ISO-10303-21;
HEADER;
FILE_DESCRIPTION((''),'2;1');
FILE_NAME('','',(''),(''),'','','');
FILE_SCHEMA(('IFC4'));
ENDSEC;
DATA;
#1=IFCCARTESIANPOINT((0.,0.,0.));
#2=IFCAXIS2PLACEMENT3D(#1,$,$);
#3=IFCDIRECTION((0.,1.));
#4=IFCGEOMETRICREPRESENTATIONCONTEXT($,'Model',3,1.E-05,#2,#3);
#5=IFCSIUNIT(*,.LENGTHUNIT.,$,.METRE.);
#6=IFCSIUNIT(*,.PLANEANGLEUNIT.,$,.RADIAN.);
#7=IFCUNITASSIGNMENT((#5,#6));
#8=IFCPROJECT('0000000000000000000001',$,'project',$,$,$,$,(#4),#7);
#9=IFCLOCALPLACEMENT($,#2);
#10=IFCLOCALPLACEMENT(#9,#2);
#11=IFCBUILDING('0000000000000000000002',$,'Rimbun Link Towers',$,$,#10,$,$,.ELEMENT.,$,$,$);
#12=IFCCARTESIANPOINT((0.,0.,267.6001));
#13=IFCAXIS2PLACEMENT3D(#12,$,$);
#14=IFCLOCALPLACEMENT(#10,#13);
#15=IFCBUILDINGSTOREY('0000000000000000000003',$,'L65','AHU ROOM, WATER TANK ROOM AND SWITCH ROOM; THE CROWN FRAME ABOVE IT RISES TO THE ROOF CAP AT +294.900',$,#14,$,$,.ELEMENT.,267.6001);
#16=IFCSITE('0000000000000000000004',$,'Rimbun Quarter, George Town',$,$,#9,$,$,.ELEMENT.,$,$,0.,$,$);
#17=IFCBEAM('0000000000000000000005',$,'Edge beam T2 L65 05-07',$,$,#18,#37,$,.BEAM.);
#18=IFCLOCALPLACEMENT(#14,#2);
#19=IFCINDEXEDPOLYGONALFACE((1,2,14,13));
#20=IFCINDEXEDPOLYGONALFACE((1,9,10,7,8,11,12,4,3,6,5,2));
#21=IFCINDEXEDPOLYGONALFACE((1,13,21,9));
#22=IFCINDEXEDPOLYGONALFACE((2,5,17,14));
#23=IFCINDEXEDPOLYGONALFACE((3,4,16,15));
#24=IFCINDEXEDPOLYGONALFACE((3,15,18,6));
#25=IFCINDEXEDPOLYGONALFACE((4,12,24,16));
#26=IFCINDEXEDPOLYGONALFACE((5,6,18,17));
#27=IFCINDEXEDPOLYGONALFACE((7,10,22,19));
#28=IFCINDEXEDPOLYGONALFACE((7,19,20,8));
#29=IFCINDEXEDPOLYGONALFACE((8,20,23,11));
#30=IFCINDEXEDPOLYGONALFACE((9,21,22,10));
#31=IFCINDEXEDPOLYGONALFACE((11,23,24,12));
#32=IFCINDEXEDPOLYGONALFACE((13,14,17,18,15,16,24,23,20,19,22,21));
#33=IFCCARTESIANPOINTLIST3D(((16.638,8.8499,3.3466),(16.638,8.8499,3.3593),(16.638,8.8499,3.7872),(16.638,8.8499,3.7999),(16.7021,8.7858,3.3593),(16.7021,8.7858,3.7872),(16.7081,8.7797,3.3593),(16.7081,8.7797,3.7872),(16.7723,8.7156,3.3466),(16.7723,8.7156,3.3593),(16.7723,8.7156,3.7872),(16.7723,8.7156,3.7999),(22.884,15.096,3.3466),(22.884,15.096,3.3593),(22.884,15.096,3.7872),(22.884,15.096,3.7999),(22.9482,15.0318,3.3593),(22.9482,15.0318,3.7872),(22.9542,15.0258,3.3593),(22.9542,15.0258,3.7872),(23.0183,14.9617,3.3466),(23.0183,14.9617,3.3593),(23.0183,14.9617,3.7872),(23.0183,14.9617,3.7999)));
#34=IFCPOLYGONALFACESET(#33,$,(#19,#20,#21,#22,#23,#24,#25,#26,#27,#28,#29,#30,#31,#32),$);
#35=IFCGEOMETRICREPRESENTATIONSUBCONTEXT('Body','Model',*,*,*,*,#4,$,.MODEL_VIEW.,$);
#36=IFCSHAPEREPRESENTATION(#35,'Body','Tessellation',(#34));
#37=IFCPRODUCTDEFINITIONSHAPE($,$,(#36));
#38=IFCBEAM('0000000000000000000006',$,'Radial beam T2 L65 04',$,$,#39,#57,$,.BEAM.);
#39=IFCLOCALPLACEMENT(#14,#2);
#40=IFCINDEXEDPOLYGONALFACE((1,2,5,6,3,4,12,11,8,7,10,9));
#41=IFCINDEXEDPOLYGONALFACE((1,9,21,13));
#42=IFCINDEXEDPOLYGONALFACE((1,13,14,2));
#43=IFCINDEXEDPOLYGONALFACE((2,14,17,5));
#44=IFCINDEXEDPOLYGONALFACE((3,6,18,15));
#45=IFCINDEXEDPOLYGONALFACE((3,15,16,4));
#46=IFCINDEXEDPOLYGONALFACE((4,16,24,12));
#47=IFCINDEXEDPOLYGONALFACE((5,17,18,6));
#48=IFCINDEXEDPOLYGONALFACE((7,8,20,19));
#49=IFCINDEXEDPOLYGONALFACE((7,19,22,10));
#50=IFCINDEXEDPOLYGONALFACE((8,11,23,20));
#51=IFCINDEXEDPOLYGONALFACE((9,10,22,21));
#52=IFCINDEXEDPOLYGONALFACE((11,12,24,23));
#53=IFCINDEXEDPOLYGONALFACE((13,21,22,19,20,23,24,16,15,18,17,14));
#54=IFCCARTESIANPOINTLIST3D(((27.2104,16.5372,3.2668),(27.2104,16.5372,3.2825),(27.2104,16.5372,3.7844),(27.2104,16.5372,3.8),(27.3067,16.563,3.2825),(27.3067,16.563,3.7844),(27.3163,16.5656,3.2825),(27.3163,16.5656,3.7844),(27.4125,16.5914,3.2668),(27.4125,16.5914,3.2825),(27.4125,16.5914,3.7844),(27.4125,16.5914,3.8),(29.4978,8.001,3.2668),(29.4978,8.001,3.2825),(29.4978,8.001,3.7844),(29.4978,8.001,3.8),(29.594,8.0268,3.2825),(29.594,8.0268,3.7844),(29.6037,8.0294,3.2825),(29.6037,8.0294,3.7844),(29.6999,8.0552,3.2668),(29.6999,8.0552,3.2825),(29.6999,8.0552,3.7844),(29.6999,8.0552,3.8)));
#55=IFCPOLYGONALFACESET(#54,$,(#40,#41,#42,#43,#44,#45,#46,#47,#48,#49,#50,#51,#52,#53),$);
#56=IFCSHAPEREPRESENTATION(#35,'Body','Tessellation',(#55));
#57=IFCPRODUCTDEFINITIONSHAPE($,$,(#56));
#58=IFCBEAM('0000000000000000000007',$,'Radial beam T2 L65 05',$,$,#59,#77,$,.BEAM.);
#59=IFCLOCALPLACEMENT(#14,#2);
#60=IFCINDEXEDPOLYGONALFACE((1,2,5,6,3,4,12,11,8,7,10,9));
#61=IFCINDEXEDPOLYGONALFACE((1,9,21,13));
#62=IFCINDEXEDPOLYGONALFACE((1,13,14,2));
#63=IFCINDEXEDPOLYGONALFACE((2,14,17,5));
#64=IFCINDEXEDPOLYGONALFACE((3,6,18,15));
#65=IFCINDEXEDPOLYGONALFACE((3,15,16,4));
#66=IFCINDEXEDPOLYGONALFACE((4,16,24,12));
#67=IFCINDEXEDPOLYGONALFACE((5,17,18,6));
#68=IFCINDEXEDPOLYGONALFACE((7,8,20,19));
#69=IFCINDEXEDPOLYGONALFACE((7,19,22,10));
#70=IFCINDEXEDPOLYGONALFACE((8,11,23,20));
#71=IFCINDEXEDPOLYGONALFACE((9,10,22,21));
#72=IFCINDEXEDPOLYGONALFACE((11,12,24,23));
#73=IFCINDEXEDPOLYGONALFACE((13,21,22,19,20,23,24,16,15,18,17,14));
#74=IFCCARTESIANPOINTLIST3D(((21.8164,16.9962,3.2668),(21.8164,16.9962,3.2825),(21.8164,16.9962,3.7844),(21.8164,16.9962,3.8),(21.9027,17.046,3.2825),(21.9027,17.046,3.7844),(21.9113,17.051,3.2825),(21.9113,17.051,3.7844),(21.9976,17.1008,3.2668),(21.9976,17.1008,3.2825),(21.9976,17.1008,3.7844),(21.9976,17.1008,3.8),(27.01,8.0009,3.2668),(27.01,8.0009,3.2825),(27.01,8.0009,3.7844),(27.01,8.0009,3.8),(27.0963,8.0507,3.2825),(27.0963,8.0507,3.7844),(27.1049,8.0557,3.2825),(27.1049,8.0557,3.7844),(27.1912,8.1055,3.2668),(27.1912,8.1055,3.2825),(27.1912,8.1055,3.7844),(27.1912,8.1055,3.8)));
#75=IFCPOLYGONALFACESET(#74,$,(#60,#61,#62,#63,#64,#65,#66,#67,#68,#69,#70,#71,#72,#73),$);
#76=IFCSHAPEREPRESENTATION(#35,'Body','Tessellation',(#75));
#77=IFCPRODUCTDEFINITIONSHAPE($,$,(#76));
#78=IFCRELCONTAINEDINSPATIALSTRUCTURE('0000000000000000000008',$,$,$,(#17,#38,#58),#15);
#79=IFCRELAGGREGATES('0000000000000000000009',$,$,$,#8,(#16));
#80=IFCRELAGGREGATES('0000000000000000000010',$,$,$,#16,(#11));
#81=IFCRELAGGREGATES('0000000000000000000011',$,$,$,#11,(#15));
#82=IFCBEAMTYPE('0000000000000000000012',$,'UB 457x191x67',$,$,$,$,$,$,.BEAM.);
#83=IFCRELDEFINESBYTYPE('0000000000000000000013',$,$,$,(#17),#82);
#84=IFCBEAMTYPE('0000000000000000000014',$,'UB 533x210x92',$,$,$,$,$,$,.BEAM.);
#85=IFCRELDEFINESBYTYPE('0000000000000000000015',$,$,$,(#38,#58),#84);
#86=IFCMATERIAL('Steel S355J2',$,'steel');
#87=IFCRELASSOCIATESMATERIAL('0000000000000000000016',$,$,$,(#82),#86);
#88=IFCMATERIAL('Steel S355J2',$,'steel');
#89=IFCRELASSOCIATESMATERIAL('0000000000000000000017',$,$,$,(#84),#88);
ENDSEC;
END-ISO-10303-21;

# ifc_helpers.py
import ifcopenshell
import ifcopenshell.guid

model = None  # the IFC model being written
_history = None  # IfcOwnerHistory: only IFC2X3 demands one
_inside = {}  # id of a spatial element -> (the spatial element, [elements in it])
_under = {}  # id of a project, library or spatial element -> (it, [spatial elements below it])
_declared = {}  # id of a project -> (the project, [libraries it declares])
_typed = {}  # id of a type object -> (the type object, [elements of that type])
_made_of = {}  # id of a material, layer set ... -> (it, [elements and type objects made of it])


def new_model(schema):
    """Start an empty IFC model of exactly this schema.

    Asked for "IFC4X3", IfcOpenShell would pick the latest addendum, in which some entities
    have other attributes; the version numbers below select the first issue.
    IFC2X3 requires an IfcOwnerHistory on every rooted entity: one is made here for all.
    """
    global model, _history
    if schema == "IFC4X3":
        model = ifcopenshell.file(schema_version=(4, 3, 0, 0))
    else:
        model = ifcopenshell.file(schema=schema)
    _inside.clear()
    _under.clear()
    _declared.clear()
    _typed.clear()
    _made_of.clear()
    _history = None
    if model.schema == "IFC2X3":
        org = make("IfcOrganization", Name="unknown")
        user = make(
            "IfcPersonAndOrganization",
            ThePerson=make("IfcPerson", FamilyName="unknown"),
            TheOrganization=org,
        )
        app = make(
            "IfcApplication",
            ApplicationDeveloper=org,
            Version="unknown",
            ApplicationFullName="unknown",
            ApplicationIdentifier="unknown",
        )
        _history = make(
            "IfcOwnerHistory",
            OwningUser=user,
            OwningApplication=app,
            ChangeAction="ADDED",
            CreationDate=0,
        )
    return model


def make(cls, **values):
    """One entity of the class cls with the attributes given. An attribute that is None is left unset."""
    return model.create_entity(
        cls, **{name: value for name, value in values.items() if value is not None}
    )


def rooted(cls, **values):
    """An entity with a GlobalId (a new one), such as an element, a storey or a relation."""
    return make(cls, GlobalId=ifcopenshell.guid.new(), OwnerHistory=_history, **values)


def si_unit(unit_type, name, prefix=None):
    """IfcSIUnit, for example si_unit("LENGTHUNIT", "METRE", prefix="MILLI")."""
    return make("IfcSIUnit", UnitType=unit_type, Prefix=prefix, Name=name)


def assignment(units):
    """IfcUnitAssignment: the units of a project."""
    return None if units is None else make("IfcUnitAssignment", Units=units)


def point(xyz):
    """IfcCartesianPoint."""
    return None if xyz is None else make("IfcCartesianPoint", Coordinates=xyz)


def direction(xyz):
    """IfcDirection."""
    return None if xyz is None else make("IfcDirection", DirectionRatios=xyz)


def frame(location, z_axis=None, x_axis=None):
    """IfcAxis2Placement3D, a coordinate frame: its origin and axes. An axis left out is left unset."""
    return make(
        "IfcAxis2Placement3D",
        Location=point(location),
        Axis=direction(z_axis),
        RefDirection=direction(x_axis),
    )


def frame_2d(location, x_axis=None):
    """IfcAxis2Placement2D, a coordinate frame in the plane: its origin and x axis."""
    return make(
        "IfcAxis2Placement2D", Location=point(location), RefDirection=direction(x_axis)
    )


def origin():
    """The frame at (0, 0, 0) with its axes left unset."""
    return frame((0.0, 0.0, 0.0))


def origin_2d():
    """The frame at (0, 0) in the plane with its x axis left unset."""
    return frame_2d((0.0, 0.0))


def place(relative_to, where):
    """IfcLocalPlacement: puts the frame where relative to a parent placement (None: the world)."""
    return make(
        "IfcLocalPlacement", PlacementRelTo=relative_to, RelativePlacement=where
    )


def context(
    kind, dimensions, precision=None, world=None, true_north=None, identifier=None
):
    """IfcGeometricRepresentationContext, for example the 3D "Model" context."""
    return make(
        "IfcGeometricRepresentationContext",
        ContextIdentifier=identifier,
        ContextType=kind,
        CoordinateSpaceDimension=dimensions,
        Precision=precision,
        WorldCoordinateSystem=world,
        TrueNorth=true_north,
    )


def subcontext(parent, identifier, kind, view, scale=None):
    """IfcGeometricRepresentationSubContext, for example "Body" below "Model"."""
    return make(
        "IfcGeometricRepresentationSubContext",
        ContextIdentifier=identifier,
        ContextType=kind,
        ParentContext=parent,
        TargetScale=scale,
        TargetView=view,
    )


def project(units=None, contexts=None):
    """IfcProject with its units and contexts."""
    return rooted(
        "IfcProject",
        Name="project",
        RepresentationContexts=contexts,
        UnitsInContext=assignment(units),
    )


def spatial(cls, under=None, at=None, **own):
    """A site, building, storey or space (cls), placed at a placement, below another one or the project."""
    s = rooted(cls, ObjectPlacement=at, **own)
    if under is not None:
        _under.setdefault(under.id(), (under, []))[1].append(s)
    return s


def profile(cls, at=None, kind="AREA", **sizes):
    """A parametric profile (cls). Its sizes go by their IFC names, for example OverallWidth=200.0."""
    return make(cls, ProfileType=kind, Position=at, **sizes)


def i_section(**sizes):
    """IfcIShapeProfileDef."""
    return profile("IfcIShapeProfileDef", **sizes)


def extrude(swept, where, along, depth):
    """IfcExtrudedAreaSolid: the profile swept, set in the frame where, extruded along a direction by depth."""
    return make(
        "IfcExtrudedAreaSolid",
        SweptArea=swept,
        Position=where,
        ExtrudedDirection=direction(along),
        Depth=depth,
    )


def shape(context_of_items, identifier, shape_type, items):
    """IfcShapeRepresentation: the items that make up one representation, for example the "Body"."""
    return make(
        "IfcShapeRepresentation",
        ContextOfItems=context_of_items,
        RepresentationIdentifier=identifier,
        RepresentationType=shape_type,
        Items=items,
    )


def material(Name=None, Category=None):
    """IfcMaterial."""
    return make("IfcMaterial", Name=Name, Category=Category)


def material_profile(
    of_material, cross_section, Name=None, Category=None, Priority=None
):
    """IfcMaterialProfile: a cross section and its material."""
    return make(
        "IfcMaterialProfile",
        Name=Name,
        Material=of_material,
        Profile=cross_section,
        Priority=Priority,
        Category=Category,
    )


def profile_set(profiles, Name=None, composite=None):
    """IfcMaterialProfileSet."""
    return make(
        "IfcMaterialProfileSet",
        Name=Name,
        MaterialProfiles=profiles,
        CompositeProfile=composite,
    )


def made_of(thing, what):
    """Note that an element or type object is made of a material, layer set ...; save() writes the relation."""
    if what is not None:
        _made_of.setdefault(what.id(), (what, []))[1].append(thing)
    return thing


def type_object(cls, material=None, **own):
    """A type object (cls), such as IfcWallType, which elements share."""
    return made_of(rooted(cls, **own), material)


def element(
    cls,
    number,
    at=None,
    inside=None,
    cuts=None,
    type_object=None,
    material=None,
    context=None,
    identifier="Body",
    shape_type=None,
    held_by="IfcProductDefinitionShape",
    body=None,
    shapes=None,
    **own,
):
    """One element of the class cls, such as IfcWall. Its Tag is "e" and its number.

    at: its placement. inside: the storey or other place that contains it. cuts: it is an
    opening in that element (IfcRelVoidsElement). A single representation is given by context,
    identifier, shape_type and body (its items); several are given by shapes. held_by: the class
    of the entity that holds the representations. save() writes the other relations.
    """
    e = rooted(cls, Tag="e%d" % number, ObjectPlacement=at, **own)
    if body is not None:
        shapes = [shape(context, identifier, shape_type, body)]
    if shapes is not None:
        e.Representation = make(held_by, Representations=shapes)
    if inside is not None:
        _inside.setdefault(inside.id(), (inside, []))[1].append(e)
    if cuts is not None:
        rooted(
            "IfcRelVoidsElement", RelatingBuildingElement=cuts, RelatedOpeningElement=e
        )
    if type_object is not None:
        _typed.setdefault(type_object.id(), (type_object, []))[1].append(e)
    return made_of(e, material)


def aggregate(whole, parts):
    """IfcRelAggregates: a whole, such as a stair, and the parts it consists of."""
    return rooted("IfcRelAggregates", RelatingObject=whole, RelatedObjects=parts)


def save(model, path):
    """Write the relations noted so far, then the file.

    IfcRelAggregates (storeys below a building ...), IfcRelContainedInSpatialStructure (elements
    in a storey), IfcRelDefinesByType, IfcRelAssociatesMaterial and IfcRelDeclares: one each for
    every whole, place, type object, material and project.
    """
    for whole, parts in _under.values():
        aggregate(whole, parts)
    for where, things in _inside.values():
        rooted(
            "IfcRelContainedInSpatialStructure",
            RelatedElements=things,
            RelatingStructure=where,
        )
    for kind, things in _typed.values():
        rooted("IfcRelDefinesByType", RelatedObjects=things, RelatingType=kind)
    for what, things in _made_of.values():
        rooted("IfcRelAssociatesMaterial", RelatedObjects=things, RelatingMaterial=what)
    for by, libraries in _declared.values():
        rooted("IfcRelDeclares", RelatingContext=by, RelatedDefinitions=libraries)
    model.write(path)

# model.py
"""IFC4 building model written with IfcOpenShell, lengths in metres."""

from ifc_helpers import new_model, si_unit, direction, frame, origin, origin_2d, place, context, subcontext, project, spatial, i_section, extrude, material, material_profile, profile_set, type_object, element, save


model = new_model("IFC4")

# Units and contexts
model_context = context("Model", 3, precision=1e-05, world=origin(), true_north=direction((0.0, 1.0)))
body_context = subcontext(model_context, "Body", "Model", "MODEL_VIEW")
ifc_project = project(units=[si_unit("LENGTHUNIT", "METRE"), si_unit("PLANEANGLEUNIT", "RADIAN")], contexts=[model_context])

# Site, building, storey
site_placement = place(None, origin())
site = spatial("IfcSite", under=ifc_project, at=site_placement, Name="Rimbun Quarter, George Town", CompositionType="ELEMENT", RefElevation=0.0)
building_placement = place(site_placement, origin())
building = spatial("IfcBuilding", under=site, at=building_placement, Name="Rimbun Link Towers", CompositionType="ELEMENT")
storey_placement = place(building_placement, frame((0.0, 0.0, 267.6001)))
storey = spatial("IfcBuildingStorey", under=building, at=storey_placement, Name="L65", Description="AHU ROOM, WATER TANK ROOM AND SWITCH ROOM; THE CROWN FRAME ABOVE IT RISES TO THE ROOF CAP AT +294.900", CompositionType="ELEMENT", Elevation=267.6001)

# Beams
ifc_material_1 = material(Name="Steel S355J2", Category="steel")
ifc_material_profile_1 = material_profile(ifc_material_1, i_section(OverallWidth=0.1899, OverallDepth=0.4534, WebThickness=0.0085, FlangeThickness=0.0127, at=origin_2d()), Name="UB 457x191x67")
ifc_profile_set_1 = profile_set([ifc_material_profile_1], Name="Steel S355J2")
beam_type_1 = type_object("IfcBeamType", Name="UB 457x191x67", PredefinedType="BEAM", material=ifc_profile_set_1)
beam_1_placement = place(storey_placement, frame((22.9512, 15.0288, 3.5732), z_axis=(-0.707107, -0.707107, 0.0), x_axis=(0.707107, -0.707107, 0.0)))
element("IfcBeam", 1, at=beam_1_placement, inside=storey, type_object=beam_type_1, Name="Edge beam T2 L65 05-07", PredefinedType="BEAM", context=body_context, shape_type="SweptSolid", body=[
    extrude(i_section(OverallWidth=0.1899, OverallDepth=0.4534, WebThickness=0.0085, FlangeThickness=0.0127, at=origin_2d()), origin(), (0.0, 0.0, 1.0), 8.8333),
])
ifc_material_2 = material(Name="Steel S355J2", Category="steel")
ifc_material_profile_2 = material_profile(ifc_material_2, i_section(OverallWidth=0.2092, OverallDepth=0.5332, WebThickness=0.01, FlangeThickness=0.0156, at=origin_2d()), Name="UB 533x210x92")
ifc_profile_set_2 = profile_set([ifc_material_profile_2], Name="Steel S355J2")
beam_type_2 = type_object("IfcBeamType", Name="UB 533x210x92", PredefinedType="BEAM", material=ifc_profile_set_2)
beam_2_placement = place(storey_placement, frame((29.5989, 8.0281, 3.5334), z_axis=(-0.25883, 0.965923, 0.0), x_axis=(-0.965923, -0.25883, 0.0)))
element("IfcBeam", 2, at=beam_2_placement, inside=storey, type_object=beam_type_2, Name="Radial beam T2 L65 04", PredefinedType="BEAM", context=body_context, shape_type="SweptSolid", body=[
    extrude(i_section(OverallWidth=0.2092, OverallDepth=0.5332, WebThickness=0.01, FlangeThickness=0.0156, at=origin_2d()), origin(), (0.0, 0.0, 1.0), 8.8374),
])
beam_3_placement = place(storey_placement, frame((27.1006, 8.0532, 3.5334), z_axis=(-0.500009, 0.86602, 0.0), x_axis=(-0.86602, -0.500009, 0.0)))
element("IfcBeam", 3, at=beam_3_placement, inside=storey, type_object=beam_type_2, Name="Radial beam T2 L65 05", PredefinedType="BEAM", context=body_context, shape_type="SweptSolid", body=[
    extrude(i_section(OverallWidth=0.2092, OverallDepth=0.5332, WebThickness=0.01, FlangeThickness=0.0156, at=origin_2d()), origin(), (0.0, 0.0, 1.0), 10.387),
])

save(model, "model.ifc")
